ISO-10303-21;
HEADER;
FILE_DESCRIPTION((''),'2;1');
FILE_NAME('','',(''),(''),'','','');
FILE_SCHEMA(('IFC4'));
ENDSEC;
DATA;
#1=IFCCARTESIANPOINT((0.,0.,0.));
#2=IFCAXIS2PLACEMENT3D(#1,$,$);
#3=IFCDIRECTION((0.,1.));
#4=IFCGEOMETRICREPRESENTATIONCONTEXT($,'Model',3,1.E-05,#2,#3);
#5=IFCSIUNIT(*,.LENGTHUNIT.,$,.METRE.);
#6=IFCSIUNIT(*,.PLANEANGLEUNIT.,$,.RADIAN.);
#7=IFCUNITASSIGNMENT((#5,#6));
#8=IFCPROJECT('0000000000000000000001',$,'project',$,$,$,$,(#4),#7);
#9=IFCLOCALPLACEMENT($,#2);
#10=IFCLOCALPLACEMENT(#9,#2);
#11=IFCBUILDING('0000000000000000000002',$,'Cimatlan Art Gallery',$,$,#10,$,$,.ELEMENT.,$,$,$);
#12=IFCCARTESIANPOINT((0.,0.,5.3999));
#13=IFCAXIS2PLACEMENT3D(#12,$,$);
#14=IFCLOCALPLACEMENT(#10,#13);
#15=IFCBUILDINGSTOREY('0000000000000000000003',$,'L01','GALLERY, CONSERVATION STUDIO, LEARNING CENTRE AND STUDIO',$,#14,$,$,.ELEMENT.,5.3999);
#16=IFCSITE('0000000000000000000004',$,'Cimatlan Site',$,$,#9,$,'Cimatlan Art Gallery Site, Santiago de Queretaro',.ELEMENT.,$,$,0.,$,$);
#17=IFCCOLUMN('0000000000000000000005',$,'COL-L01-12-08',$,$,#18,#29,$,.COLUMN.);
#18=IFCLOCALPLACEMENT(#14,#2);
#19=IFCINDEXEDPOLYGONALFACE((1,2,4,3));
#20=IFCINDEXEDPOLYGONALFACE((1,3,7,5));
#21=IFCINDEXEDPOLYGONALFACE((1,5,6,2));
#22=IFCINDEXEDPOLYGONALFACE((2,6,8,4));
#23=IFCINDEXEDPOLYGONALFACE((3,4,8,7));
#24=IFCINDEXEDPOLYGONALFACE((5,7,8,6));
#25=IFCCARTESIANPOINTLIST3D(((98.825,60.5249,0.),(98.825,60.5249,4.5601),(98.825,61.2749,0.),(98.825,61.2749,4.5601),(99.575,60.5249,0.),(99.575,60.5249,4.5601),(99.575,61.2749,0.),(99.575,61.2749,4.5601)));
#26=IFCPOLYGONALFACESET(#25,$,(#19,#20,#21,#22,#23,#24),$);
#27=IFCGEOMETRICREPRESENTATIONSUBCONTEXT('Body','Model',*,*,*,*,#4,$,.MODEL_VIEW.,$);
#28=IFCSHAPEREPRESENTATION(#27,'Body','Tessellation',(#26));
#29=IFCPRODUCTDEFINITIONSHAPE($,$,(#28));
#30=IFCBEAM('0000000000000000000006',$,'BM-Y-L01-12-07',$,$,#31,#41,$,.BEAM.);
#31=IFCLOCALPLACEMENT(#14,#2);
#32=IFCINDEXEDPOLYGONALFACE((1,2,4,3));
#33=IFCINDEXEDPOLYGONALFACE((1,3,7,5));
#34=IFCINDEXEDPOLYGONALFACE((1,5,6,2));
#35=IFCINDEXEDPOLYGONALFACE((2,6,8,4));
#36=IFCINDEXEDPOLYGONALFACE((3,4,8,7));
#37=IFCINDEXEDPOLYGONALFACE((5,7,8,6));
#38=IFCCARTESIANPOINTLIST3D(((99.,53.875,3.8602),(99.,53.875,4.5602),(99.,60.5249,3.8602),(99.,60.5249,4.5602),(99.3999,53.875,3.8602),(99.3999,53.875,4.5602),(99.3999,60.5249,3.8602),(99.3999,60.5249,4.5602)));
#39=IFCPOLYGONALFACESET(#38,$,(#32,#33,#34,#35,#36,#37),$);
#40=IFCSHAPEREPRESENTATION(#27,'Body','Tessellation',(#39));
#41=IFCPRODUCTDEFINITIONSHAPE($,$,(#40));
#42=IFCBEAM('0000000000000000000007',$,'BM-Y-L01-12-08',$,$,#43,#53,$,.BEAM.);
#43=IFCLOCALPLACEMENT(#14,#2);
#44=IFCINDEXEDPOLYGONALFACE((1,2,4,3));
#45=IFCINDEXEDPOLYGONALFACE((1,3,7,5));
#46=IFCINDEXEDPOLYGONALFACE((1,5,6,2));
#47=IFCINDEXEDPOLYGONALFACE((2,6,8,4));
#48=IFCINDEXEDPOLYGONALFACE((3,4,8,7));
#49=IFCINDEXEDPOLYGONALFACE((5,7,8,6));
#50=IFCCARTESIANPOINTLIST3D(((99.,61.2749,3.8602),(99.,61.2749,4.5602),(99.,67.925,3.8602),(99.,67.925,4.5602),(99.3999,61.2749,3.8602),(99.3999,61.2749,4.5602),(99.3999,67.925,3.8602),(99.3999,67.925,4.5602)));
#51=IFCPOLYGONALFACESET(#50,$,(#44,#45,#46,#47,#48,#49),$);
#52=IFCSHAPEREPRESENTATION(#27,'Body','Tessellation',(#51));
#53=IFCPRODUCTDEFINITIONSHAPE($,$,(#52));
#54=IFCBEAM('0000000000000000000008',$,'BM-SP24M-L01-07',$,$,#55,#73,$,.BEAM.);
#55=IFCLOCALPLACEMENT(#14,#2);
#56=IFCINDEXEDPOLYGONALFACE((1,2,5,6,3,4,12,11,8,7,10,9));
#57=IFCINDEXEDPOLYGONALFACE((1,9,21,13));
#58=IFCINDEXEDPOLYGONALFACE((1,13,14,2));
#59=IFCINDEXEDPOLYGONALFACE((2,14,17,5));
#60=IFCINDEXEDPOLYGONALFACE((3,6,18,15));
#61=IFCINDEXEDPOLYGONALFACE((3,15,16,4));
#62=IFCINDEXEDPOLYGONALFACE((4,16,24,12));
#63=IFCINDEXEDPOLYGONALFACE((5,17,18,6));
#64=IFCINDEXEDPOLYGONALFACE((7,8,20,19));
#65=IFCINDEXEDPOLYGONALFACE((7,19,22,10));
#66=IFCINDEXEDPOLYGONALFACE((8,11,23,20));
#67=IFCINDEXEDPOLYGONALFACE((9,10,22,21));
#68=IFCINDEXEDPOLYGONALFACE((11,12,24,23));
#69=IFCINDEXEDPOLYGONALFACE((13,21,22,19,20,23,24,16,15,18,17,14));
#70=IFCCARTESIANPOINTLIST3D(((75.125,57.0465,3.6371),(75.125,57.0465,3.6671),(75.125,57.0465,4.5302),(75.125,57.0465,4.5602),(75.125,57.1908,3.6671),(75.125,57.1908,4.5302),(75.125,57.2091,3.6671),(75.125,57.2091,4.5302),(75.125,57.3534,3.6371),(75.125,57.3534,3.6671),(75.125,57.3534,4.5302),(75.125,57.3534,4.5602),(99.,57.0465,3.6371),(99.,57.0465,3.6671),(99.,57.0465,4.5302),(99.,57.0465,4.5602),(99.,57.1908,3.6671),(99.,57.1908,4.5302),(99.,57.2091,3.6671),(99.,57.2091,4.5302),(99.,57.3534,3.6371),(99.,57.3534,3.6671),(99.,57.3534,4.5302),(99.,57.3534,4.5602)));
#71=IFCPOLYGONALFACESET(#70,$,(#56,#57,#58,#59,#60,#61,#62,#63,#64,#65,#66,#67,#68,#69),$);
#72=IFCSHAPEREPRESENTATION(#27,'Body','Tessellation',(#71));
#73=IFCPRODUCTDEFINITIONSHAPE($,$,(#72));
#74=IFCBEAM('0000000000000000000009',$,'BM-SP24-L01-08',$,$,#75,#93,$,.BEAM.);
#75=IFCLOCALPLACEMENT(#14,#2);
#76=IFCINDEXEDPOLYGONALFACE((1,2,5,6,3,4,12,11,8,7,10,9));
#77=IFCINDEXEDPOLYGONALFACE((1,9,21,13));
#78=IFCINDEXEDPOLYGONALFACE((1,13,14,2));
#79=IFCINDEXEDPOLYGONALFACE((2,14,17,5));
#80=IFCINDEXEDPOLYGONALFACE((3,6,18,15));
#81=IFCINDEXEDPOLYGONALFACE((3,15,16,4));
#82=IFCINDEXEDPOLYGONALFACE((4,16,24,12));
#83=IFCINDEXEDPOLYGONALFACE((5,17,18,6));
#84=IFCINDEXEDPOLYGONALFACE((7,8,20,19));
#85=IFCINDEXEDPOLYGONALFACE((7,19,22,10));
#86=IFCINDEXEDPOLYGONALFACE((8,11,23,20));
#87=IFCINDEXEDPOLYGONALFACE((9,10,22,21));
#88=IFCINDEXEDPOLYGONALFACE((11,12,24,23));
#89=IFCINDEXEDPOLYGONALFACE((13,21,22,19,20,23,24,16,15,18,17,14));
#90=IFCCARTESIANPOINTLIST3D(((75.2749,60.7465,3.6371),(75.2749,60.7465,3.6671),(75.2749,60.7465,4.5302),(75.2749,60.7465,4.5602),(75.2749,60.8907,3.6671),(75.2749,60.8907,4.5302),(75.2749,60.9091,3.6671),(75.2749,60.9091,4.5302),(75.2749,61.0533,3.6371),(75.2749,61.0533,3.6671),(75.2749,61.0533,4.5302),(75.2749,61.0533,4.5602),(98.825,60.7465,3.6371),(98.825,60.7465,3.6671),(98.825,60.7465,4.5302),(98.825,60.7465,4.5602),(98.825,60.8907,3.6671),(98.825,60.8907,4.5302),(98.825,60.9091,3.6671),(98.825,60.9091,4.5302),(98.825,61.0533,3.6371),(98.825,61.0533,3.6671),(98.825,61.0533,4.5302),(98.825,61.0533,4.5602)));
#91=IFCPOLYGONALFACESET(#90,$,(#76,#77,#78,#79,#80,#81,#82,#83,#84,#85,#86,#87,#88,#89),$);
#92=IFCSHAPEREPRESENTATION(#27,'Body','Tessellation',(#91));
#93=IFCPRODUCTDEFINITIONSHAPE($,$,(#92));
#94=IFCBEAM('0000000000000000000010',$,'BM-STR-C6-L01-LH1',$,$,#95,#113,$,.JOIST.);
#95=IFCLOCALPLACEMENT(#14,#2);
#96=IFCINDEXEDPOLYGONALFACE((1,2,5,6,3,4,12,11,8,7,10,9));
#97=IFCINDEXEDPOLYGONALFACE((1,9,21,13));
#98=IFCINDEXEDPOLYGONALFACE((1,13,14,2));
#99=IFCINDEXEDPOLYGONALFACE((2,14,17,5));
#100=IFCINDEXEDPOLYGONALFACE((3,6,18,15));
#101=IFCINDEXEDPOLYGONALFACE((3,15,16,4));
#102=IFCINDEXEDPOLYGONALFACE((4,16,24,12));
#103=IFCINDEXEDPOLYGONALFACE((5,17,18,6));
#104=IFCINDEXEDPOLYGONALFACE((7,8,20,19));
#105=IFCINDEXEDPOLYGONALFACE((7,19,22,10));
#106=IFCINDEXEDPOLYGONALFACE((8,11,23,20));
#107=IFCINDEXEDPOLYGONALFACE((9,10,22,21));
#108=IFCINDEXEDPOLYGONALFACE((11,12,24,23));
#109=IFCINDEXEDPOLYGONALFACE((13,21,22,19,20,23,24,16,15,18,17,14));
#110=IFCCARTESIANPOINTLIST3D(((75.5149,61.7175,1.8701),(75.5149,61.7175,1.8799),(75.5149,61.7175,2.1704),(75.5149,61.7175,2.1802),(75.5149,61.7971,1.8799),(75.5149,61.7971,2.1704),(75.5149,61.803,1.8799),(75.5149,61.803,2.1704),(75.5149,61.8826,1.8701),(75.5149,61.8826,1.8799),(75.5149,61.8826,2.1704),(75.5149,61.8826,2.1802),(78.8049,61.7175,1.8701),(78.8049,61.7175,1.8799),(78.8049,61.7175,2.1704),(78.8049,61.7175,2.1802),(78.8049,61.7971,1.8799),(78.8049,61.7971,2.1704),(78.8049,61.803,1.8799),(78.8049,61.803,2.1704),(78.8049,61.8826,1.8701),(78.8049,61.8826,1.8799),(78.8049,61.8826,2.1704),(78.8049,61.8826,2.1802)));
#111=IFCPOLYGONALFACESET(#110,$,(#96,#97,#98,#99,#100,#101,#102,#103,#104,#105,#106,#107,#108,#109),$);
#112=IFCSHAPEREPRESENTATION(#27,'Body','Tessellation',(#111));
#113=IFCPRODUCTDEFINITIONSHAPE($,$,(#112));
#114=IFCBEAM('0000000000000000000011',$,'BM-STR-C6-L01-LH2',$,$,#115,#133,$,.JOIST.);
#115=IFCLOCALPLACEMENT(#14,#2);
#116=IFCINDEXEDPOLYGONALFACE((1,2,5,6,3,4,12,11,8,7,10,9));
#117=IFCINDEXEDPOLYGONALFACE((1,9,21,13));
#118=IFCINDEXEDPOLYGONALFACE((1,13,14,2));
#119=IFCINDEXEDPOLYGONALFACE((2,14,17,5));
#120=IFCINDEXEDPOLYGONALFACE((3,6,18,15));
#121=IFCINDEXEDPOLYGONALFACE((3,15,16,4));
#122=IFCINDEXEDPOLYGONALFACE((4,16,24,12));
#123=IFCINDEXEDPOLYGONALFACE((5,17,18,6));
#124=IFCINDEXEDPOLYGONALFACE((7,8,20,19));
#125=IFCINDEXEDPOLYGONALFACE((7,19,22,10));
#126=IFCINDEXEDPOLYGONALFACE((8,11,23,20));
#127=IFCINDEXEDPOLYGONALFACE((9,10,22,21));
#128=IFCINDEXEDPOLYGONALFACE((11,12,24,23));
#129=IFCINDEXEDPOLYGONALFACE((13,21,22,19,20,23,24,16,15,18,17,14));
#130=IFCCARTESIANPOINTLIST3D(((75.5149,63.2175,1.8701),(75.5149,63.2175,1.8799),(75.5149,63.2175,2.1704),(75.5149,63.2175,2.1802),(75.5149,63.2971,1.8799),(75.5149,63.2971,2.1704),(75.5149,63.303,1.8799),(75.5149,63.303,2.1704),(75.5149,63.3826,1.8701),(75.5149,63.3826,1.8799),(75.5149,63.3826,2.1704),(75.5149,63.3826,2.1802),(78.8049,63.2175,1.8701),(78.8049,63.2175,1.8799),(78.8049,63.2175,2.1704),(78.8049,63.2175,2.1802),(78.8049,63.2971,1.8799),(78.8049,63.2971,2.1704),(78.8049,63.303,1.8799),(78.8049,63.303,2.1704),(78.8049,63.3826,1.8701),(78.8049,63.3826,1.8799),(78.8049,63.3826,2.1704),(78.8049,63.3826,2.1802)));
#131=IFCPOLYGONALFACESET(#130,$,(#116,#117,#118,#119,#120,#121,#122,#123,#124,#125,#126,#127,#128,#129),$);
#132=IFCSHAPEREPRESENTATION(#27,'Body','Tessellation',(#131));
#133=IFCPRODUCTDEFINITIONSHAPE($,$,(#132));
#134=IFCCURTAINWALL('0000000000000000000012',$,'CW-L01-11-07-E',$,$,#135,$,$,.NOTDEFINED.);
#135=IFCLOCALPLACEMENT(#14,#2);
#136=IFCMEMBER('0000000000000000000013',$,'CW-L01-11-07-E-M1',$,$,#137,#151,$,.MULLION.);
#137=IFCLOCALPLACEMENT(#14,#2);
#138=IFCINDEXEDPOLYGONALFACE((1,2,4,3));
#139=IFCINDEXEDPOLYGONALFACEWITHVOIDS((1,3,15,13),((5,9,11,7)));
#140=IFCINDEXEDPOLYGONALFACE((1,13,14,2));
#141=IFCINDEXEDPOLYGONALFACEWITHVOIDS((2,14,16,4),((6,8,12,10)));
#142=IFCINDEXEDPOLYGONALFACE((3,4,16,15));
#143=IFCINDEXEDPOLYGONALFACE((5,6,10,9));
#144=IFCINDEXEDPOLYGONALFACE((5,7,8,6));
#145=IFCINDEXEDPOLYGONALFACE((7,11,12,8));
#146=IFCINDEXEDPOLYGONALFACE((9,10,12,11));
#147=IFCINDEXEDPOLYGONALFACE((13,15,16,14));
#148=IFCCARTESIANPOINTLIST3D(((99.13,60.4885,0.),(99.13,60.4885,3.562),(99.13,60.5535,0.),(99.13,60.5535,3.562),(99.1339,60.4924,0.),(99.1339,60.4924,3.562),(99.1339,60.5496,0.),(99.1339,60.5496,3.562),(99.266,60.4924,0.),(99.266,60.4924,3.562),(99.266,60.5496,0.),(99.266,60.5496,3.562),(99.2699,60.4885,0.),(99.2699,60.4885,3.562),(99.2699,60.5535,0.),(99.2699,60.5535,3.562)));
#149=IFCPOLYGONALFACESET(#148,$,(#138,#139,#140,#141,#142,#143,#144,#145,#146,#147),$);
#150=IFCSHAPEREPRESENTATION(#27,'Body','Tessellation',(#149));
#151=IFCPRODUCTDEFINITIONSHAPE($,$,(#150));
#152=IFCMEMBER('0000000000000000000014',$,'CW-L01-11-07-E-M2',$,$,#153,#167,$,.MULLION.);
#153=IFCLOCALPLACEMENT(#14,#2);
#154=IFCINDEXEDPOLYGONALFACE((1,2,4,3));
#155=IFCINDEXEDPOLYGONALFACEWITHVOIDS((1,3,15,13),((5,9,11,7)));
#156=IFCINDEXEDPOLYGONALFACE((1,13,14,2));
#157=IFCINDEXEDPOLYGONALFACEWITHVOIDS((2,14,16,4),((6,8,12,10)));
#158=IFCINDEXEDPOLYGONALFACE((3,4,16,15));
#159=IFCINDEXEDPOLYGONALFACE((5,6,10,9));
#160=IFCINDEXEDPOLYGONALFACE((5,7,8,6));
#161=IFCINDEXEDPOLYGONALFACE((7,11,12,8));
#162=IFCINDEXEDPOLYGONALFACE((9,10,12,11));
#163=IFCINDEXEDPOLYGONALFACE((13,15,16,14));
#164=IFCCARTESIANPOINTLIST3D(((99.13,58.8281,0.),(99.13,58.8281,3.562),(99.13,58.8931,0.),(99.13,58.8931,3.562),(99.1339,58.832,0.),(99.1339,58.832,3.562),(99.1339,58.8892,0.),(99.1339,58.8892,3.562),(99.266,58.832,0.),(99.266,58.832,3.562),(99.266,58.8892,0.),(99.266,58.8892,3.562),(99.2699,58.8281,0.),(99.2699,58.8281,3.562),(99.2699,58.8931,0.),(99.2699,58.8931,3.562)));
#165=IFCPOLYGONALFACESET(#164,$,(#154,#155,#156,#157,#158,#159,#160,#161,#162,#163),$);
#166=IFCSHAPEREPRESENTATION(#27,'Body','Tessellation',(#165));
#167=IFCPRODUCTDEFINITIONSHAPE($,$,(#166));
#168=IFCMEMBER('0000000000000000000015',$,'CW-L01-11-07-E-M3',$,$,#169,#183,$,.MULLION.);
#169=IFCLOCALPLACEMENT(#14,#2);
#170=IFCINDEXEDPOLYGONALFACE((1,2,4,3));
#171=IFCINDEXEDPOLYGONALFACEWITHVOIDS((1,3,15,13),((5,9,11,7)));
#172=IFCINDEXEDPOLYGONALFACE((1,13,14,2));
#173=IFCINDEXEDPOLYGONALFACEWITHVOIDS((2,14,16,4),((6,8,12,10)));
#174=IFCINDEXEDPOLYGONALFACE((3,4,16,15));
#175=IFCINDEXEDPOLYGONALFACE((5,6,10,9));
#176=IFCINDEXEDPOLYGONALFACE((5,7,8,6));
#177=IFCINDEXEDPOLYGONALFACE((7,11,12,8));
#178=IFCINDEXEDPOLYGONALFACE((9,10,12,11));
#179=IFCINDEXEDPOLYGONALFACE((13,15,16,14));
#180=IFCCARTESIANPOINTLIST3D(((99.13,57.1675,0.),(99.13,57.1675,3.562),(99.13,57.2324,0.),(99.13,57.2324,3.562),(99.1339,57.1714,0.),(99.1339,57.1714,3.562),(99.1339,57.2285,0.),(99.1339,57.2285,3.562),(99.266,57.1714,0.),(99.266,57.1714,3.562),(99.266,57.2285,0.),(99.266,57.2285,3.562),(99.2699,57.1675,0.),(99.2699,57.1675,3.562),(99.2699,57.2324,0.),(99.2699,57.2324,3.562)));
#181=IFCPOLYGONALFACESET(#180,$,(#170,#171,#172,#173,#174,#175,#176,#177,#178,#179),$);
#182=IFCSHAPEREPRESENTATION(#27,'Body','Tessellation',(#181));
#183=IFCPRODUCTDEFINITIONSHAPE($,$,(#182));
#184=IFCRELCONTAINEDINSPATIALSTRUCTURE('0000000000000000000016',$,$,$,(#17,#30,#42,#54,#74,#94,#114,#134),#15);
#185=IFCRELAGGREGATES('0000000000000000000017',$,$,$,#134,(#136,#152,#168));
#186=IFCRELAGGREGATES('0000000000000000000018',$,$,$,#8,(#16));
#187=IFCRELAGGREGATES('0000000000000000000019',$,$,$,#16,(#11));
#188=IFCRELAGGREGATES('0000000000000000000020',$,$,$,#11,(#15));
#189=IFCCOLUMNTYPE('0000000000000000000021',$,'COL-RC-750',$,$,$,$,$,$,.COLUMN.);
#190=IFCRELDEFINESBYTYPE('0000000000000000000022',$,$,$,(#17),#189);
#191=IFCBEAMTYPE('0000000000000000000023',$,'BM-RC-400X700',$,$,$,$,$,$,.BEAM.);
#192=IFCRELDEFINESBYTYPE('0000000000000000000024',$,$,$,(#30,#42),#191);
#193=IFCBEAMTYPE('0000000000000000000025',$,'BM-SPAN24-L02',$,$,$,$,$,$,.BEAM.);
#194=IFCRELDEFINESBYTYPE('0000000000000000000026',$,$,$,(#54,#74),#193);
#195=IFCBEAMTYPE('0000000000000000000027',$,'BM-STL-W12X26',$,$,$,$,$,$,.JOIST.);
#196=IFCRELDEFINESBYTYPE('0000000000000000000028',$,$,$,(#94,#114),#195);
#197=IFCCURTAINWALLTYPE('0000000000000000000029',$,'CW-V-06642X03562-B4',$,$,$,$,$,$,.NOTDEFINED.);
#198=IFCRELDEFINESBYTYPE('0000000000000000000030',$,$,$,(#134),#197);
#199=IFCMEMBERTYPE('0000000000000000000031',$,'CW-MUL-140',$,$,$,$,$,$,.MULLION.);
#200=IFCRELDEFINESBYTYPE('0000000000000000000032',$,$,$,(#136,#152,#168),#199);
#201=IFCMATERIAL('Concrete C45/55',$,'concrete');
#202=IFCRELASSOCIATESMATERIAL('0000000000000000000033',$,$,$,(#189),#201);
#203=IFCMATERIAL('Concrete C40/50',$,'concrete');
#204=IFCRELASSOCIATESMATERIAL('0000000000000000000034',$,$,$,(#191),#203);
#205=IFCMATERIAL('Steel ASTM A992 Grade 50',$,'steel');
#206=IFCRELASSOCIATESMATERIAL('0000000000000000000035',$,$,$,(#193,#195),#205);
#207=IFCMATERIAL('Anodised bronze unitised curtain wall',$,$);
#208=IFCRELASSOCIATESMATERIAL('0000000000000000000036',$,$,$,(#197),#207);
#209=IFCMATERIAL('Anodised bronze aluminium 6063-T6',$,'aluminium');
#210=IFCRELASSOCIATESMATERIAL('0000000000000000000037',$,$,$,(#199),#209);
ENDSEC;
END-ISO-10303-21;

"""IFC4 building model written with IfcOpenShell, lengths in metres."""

from ifc_helpers import new_model, si_unit, direction, frame, origin, origin_2d, place, context, subcontext, project, spatial, rectangle, hollow_rectangle, i_section, extrude, material, material_profile, profile_set, type_object, element, aggregate, save


model = new_model("IFC4")

# Units and contexts
model_context = context("Model", 3, precision=1e-05, world=origin(), true_north=direction((0.0, 1.0)))
body_context = subcontext(model_context, "Body", "Model", "MODEL_VIEW")
ifc_project = project(units=[si_unit("LENGTHUNIT", "METRE"), si_unit("PLANEANGLEUNIT", "RADIAN")], contexts=[model_context])

# Site, building, storey
site_placement = place(None, origin())
site = spatial("IfcSite", under=ifc_project, at=site_placement, Name="Cimatlan Site", LongName="Cimatlan Art Gallery Site, Santiago de Queretaro", CompositionType="ELEMENT", RefElevation=0.0)
building_placement = place(site_placement, origin())
building = spatial("IfcBuilding", under=site, at=building_placement, Name="Cimatlan Art Gallery", CompositionType="ELEMENT")
storey_placement = place(building_placement, frame((0.0, 0.0, 5.3999)))
storey = spatial("IfcBuildingStorey", under=building, at=storey_placement, Name="L01", Description="GALLERY, CONSERVATION STUDIO, LEARNING CENTRE AND STUDIO", CompositionType="ELEMENT", Elevation=5.3999)

# Column
ifc_material_1 = material(Name="Concrete C45/55", Category="concrete")
ifc_material_profile_1 = material_profile(ifc_material_1, rectangle(XDim=0.75, YDim=0.75, at=origin_2d()), Name="RC750X750")
ifc_profile_set_1 = profile_set([ifc_material_profile_1], Name="Concrete C45/55")
column_type = type_object("IfcColumnType", Name="COL-RC-750", PredefinedType="COLUMN", material=ifc_profile_set_1)
column_placement = place(storey_placement, frame((99.2, 60.8999, 0.0), z_axis=(0.0, 0.0, 1.0), x_axis=(1.0, 0.0, 0.0)))
element("IfcColumn", 1, at=column_placement, inside=storey, type_object=column_type, Name="COL-L01-12-08", PredefinedType="COLUMN", context=body_context, shape_type="SweptSolid", body=[
    extrude(rectangle(XDim=0.75, YDim=0.75, at=origin_2d()), origin(), (0.0, 0.0, 1.0), 4.5601),
])

# Beams
ifc_material_2 = material(Name="Concrete C40/50", Category="concrete")
ifc_material_profile_2 = material_profile(ifc_material_2, rectangle(XDim=0.3999, YDim=0.7, at=origin_2d()), Name="RC400X700")
ifc_profile_set_2 = profile_set([ifc_material_profile_2], Name="Concrete C40/50")
beam_type_1 = type_object("IfcBeamType", Name="BM-RC-400X700", PredefinedType="BEAM", material=ifc_profile_set_2)
beam_1_placement = place(storey_placement, frame((99.2, 53.875, 4.2102), z_axis=(0.0, 1.0, 0.0), x_axis=(-1.0, 0.0, 0.0)))
element("IfcBeam", 2, at=beam_1_placement, inside=storey, type_object=beam_type_1, Name="BM-Y-L01-12-07", PredefinedType="BEAM", context=body_context, shape_type="SweptSolid", body=[
    extrude(rectangle(XDim=0.3999, YDim=0.7, at=origin_2d()), origin(), (0.0, 0.0, 1.0), 6.6499),
])
beam_2_placement = place(storey_placement, frame((99.2, 61.2749, 4.2102), z_axis=(0.0, 1.0, 0.0), x_axis=(-1.0, 0.0, 0.0)))
element("IfcBeam", 3, at=beam_2_placement, inside=storey, type_object=beam_type_1, Name="BM-Y-L01-12-08", PredefinedType="BEAM", context=body_context, shape_type="SweptSolid", body=[
    extrude(rectangle(XDim=0.3999, YDim=0.7, at=origin_2d()), origin(), (0.0, 0.0, 1.0), 6.6501),
])
ifc_material_3 = material(Name="Steel ASTM A992 Grade 50", Category="steel")
ifc_material_profile_3 = material_profile(ifc_material_3, i_section(OverallWidth=0.3069, OverallDepth=0.9231, WebThickness=0.0183, FlangeThickness=0.03, at=origin_2d()), Name="W36X182")
ifc_profile_set_3 = profile_set([ifc_material_profile_3], Name="Steel ASTM A992 Grade 50")
beam_type_2 = type_object("IfcBeamType", Name="BM-SPAN24-L02", PredefinedType="BEAM", material=ifc_profile_set_3)
beam_3_placement = place(storey_placement, frame((75.125, 57.2, 4.0986), z_axis=(1.0, 0.0, 0.0), x_axis=(0.0, 1.0, 0.0)))
element("IfcBeam", 4, at=beam_3_placement, inside=storey, type_object=beam_type_2, Name="BM-SP24M-L01-07", PredefinedType="BEAM", context=body_context, shape_type="SweptSolid", body=[
    extrude(i_section(OverallWidth=0.3069, OverallDepth=0.9231, WebThickness=0.0183, FlangeThickness=0.03, at=origin_2d()), origin(), (0.0, 0.0, 1.0), 23.875),
])
beam_4_placement = place(storey_placement, frame((75.2749, 60.8999, 4.0986), z_axis=(1.0, 0.0, 0.0), x_axis=(0.0, 1.0, 0.0)))
element("IfcBeam", 5, at=beam_4_placement, inside=storey, type_object=beam_type_2, Name="BM-SP24-L01-08", PredefinedType="BEAM", context=body_context, shape_type="SweptSolid", body=[
    extrude(i_section(OverallWidth=0.3069, OverallDepth=0.9231, WebThickness=0.0183, FlangeThickness=0.03, at=origin_2d()), origin(), (0.0, 0.0, 1.0), 23.55),
])
ifc_material_profile_4 = material_profile(ifc_material_3, i_section(OverallWidth=0.165, OverallDepth=0.3101, WebThickness=0.0059, FlangeThickness=0.0098, at=origin_2d()), Name="W12X26")
ifc_profile_set_4 = profile_set([ifc_material_profile_4], Name="Steel ASTM A992 Grade 50")
beam_type_3 = type_object("IfcBeamType", Name="BM-STL-W12X26", PredefinedType="JOIST", material=ifc_profile_set_4)
for number, where, z_axis, x_axis, name in (
    (6, (75.5149, 61.8, 2.0251), (1.0, 0.0, 0.0), (0.0, 1.0, 0.0), "BM-STR-C6-L01-LH1"),
    (7, (75.5149, 63.3, 2.0251), (1.0, 0.0, 0.0), (0.0, 1.0, 0.0), "BM-STR-C6-L01-LH2"),
):
    element("IfcBeam", number, at=place(storey_placement, frame(where, z_axis=z_axis, x_axis=x_axis)), inside=storey, type_object=beam_type_3, Name=name, PredefinedType="JOIST", context=body_context, shape_type="SweptSolid", body=[
        extrude(i_section(OverallWidth=0.165, OverallDepth=0.3101, WebThickness=0.0059, FlangeThickness=0.0098, at=origin_2d()), origin(), (0.0, 0.0, 1.0), 3.29),
    ])

# Curtain wall, members
ifc_material_4 = material(Name="Anodised bronze unitised curtain wall")
curtain_wall_type_1 = type_object("IfcCurtainWallType", Name="CW-V-06642X03562-B4", PredefinedType="NOTDEFINED", material=ifc_material_4)
curtain_wall_1_placement = place(storey_placement, origin())
curtain_wall_1 = element("IfcCurtainWall", 8, at=curtain_wall_1_placement, inside=storey, type_object=curtain_wall_type_1, Name="CW-L01-11-07-E", PredefinedType="NOTDEFINED")
ifc_material_5 = material(Name="Anodised bronze aluminium 6063-T6", Category="aluminium")
ifc_material_profile_5 = material_profile(ifc_material_5, hollow_rectangle(XDim=0.0649, YDim=0.1399, WallThickness=0.0039, at=origin_2d()), Name="ALU65X140X4")
ifc_profile_set_5 = profile_set([ifc_material_profile_5], Name="Anodised bronze aluminium 6063-T6")
member_type_1 = type_object("IfcMemberType", Name="CW-MUL-140", PredefinedType="MULLION", material=ifc_profile_set_5)
member_1_placement = place(storey_placement, frame((99.2, 60.521, 0.0), z_axis=(0.0, 0.0, 1.0), x_axis=(0.0, 1.0, 0.0)))
member_1 = element("IfcMember", 9, at=member_1_placement, type_object=member_type_1, Name="CW-L01-11-07-E-M1", PredefinedType="MULLION", context=body_context, shape_type="SweptSolid", body=[
    extrude(hollow_rectangle(XDim=0.0649, YDim=0.1399, WallThickness=0.0039, at=origin_2d()), origin(), (0.0, 0.0, 1.0), 3.562),
])
member_2_placement = place(storey_placement, frame((99.2, 58.8606, 0.0), z_axis=(0.0, 0.0, 1.0), x_axis=(0.0, 1.0, 0.0)))
member_2 = element("IfcMember", 10, at=member_2_placement, type_object=member_type_1, Name="CW-L01-11-07-E-M2", PredefinedType="MULLION", context=body_context, shape_type="SweptSolid", body=[
    extrude(hollow_rectangle(XDim=0.0649, YDim=0.1399, WallThickness=0.0039, at=origin_2d()), origin(), (0.0, 0.0, 1.0), 3.562),
])
member_3_placement = place(storey_placement, frame((99.2, 57.2, 0.0), z_axis=(0.0, 0.0, 1.0), x_axis=(0.0, 1.0, 0.0)))
member_3 = element("IfcMember", 11, at=member_3_placement, type_object=member_type_1, Name="CW-L01-11-07-E-M3", PredefinedType="MULLION", context=body_context, shape_type="SweptSolid", body=[
    extrude(hollow_rectangle(XDim=0.0649, YDim=0.1399, WallThickness=0.0039, at=origin_2d()), origin(), (0.0, 0.0, 1.0), 3.562),
])

aggregate(curtain_wall_1, [member_1, member_2, member_3])

save(model, "model.ifc")
